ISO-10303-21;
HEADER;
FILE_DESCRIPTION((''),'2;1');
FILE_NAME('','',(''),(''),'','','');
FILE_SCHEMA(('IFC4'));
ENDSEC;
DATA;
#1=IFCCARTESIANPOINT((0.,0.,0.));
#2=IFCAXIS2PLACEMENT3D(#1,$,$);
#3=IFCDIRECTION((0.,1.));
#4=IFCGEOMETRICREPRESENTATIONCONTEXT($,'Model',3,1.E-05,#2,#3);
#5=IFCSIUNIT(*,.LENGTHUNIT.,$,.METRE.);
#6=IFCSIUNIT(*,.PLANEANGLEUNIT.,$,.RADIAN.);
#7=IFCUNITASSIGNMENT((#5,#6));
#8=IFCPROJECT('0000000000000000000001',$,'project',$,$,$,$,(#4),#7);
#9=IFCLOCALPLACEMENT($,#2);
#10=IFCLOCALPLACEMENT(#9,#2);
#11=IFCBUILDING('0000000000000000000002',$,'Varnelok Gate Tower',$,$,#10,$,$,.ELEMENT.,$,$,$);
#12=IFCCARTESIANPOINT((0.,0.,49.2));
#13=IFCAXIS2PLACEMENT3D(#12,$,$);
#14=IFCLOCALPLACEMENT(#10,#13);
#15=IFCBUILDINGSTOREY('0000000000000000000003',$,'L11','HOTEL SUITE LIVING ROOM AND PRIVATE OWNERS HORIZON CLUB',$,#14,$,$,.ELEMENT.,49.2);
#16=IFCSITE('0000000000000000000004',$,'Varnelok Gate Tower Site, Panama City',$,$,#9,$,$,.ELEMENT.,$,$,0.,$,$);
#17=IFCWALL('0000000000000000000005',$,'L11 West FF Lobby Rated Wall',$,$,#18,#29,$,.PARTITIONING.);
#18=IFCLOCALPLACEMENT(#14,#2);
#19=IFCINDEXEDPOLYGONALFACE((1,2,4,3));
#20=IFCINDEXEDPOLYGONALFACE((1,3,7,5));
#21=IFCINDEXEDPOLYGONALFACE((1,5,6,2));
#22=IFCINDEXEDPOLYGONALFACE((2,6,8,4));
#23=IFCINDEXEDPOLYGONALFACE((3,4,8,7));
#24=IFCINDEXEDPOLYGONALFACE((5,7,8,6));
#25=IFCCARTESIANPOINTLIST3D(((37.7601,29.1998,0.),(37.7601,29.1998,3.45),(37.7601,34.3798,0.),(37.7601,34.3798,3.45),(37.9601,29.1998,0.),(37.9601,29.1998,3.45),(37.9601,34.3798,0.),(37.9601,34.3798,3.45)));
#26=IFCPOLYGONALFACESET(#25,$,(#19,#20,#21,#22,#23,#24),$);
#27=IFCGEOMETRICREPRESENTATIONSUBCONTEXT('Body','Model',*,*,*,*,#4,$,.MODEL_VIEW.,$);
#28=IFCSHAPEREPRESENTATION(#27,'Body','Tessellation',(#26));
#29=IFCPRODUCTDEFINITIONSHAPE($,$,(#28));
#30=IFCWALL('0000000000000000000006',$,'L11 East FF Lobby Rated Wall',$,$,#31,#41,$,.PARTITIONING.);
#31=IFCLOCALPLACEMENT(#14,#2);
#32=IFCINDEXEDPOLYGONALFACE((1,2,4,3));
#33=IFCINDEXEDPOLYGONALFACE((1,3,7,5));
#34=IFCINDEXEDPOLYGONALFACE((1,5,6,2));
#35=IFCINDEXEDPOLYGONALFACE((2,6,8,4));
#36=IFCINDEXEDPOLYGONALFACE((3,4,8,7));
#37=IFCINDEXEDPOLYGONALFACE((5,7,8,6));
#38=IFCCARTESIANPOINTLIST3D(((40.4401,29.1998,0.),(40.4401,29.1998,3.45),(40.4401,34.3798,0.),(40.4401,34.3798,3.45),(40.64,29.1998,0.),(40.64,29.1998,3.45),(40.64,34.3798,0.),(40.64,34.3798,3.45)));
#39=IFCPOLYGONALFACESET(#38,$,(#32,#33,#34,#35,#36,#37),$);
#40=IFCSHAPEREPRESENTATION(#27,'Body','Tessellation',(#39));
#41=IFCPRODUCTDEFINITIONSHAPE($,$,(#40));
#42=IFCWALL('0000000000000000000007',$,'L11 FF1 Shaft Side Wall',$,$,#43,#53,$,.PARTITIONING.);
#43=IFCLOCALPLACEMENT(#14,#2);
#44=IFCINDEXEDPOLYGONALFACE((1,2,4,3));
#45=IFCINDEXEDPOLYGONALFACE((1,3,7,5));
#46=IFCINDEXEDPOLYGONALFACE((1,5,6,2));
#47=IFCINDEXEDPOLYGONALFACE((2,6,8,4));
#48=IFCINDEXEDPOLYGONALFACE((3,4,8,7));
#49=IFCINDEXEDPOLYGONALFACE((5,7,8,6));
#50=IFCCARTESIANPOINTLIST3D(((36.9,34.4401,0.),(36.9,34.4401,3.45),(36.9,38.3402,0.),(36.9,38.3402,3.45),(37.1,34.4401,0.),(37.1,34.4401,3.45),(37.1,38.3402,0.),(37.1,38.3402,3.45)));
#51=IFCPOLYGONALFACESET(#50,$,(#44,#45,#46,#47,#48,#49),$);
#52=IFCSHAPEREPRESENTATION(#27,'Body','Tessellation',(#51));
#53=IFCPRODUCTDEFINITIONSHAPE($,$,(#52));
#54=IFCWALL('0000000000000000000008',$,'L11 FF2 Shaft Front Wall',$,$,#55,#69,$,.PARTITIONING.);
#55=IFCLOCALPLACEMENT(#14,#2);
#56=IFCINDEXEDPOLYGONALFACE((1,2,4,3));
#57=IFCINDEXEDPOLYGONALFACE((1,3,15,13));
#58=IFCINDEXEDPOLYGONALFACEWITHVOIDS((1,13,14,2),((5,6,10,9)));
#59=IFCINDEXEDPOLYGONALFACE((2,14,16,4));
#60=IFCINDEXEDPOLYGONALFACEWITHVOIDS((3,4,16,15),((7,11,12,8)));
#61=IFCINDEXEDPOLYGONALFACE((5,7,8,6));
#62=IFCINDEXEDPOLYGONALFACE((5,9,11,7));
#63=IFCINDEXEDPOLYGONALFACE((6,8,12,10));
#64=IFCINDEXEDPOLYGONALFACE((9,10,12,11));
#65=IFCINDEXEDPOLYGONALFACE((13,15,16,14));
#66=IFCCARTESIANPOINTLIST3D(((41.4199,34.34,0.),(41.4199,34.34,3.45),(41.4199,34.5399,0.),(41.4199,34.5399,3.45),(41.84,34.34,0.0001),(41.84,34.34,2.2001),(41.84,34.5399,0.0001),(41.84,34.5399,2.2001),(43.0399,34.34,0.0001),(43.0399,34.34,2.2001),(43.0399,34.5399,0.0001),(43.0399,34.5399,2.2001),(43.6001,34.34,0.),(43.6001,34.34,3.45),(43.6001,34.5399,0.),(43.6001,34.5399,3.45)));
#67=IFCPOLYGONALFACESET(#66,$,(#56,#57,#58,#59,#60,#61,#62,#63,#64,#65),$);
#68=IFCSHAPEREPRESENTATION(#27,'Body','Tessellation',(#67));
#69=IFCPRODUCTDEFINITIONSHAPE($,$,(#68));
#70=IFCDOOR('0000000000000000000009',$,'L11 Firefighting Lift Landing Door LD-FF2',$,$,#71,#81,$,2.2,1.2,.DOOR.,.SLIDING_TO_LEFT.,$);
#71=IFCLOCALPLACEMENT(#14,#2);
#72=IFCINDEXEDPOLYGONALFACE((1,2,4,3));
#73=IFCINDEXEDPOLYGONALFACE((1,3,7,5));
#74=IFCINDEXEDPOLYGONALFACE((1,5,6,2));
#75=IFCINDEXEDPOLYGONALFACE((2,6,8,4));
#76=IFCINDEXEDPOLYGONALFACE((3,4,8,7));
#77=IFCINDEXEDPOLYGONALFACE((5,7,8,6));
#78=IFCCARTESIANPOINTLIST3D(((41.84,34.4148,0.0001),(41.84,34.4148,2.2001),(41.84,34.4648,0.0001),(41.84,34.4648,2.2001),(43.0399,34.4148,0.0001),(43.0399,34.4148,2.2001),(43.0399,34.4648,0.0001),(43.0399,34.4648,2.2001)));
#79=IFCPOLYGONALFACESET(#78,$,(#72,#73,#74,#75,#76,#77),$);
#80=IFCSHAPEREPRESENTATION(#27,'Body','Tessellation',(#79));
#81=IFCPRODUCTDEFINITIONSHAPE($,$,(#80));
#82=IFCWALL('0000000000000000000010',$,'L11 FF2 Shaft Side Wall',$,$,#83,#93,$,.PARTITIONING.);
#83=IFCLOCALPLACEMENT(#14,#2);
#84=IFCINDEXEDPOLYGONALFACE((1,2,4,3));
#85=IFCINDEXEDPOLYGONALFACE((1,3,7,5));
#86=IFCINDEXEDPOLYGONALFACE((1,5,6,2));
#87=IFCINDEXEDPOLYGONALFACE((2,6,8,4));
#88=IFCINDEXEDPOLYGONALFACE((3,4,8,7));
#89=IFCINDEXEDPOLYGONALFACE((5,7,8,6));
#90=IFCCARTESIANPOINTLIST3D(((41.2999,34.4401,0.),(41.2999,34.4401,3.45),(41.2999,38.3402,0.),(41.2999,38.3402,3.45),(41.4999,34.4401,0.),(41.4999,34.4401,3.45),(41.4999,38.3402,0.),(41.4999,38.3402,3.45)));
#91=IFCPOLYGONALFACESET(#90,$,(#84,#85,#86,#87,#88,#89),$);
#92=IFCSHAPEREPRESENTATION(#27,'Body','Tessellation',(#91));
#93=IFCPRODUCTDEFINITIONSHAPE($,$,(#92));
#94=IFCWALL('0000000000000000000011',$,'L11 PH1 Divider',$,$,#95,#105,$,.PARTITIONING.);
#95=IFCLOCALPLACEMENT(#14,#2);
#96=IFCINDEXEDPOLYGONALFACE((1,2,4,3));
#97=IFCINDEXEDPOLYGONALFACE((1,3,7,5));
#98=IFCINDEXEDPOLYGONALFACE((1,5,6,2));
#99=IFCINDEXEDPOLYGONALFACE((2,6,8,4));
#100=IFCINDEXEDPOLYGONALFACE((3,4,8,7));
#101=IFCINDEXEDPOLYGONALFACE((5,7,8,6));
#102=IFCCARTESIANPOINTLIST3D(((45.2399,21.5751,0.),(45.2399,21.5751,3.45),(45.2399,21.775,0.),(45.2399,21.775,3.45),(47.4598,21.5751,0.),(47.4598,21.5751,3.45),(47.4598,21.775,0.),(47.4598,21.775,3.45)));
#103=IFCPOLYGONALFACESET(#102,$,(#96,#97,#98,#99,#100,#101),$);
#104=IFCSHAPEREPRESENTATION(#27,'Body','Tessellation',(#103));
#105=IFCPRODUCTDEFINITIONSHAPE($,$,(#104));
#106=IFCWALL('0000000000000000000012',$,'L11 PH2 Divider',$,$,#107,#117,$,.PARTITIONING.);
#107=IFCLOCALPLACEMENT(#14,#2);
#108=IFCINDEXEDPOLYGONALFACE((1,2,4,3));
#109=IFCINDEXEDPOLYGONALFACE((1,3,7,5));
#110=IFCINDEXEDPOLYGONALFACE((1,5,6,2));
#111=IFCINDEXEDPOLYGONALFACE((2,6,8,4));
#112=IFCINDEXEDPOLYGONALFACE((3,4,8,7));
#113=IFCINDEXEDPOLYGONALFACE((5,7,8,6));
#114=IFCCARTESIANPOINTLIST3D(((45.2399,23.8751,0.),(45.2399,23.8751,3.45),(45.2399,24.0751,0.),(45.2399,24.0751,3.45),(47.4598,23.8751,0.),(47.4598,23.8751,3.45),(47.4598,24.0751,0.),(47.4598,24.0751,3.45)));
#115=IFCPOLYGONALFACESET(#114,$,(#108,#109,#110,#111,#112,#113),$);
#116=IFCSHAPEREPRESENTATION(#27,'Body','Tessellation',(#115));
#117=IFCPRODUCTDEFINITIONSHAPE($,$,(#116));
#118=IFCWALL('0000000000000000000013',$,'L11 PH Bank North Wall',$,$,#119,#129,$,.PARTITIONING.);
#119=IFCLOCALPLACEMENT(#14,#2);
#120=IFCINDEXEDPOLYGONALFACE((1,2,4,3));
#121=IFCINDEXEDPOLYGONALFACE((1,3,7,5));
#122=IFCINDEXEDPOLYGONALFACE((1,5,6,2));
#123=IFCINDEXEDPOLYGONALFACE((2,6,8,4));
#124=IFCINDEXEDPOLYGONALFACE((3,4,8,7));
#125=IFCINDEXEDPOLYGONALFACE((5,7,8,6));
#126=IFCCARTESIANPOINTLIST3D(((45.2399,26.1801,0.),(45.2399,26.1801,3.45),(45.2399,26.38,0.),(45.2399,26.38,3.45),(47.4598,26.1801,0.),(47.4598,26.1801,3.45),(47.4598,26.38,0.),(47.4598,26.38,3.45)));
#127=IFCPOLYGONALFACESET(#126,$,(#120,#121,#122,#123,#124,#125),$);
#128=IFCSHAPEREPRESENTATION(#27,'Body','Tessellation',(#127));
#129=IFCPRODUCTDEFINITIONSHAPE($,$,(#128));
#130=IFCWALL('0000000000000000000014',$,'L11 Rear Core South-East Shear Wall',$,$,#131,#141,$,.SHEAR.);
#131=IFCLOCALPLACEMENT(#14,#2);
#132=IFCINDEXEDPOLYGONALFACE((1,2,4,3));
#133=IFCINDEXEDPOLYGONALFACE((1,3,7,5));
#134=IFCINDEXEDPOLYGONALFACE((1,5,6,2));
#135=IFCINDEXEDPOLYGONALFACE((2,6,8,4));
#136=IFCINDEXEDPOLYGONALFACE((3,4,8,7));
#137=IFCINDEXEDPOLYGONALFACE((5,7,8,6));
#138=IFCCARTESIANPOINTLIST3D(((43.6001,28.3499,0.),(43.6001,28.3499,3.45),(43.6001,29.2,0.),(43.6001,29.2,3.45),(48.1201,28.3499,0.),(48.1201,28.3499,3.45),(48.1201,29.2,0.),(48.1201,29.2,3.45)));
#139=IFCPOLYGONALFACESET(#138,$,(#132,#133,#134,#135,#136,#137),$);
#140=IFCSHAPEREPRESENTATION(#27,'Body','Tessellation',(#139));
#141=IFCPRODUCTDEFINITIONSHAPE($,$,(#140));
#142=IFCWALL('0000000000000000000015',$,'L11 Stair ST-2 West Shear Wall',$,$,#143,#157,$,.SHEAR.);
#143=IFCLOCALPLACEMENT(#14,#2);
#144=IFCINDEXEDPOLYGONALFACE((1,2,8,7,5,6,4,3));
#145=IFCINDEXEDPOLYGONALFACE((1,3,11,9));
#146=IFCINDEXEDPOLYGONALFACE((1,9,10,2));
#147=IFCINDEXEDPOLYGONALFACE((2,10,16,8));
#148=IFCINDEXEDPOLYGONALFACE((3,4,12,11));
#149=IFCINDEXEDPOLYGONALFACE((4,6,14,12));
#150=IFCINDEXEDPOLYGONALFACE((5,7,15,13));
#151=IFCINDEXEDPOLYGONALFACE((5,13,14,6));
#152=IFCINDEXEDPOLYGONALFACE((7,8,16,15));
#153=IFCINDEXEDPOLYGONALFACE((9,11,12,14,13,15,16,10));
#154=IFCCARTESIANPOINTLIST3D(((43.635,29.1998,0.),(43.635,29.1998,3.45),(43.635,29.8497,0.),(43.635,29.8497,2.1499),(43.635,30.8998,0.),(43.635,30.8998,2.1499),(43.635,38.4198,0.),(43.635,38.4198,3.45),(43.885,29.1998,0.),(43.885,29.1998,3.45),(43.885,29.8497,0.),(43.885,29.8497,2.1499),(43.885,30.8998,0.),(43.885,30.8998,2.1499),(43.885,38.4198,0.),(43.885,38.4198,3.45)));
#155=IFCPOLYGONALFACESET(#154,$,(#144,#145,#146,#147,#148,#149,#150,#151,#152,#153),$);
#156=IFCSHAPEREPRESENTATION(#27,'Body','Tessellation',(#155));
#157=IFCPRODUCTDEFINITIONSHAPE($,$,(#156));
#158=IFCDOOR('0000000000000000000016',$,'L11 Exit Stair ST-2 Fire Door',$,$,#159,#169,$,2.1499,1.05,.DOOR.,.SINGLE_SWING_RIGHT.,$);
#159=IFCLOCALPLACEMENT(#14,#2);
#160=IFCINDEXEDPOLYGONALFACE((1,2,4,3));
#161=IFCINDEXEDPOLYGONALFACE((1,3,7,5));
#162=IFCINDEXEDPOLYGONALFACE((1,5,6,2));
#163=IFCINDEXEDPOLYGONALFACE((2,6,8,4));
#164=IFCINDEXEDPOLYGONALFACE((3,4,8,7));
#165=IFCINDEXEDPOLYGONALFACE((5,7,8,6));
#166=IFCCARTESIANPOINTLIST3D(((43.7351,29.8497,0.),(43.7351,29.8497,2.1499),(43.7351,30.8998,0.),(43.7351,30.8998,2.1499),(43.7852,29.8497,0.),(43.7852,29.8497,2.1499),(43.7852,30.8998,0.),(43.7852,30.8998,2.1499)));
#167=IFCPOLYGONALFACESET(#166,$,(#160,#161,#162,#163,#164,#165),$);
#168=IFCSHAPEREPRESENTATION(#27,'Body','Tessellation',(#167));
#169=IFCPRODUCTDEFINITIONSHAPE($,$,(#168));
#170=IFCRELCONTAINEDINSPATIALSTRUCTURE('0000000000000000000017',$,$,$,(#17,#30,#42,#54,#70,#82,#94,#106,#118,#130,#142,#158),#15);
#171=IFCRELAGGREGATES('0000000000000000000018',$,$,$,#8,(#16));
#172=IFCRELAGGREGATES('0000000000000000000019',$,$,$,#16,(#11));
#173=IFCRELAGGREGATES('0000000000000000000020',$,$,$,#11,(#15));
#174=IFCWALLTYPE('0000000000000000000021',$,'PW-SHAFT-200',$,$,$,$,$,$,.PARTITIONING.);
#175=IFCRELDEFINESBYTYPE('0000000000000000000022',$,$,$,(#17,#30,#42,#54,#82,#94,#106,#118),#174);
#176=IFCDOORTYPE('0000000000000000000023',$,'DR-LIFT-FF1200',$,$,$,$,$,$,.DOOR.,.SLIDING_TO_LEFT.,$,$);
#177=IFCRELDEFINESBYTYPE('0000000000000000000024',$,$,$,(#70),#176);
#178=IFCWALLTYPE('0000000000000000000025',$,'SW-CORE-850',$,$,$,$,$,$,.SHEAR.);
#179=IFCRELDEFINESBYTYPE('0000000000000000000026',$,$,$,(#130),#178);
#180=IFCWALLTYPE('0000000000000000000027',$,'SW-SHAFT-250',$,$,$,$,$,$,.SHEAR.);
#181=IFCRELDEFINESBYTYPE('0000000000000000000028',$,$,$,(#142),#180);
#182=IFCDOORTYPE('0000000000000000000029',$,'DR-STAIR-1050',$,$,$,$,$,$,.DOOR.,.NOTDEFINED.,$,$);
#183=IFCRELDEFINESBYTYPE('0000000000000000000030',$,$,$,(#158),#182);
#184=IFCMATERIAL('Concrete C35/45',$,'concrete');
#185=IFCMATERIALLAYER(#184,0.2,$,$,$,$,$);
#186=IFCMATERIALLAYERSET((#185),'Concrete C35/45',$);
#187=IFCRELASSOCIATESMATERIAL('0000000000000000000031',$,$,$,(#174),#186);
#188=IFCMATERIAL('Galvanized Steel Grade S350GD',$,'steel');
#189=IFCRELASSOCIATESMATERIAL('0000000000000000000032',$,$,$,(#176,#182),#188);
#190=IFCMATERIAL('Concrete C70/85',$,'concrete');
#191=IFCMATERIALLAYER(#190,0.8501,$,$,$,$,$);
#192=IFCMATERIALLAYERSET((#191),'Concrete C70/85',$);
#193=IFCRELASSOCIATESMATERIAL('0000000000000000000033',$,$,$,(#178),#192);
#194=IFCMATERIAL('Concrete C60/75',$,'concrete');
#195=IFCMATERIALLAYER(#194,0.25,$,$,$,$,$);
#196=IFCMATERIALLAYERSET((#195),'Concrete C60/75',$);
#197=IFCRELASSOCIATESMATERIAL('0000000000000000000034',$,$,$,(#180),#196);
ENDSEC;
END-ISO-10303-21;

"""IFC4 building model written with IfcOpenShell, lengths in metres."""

from ifc_helpers import new_model, si_unit, direction, frame, frame_2d, origin, place, context, subcontext, project, spatial, rectangle, extrude, material, layer, layer_set, type_object, element, fill, save


model = new_model("IFC4")

# Units and contexts
model_context = context("Model", 3, precision=1e-05, world=origin(), true_north=direction((0.0, 1.0)))
body_context = subcontext(model_context, "Body", "Model", "MODEL_VIEW")
ifc_project = project(units=[si_unit("LENGTHUNIT", "METRE"), si_unit("PLANEANGLEUNIT", "RADIAN")], contexts=[model_context])

# Site, building, storey
site_placement = place(None, origin())
site = spatial("IfcSite", under=ifc_project, at=site_placement, Name="Varnelok Gate Tower Site, Panama City", CompositionType="ELEMENT", RefElevation=0.0)
building_placement = place(site_placement, origin())
building = spatial("IfcBuilding", under=site, at=building_placement, Name="Varnelok Gate Tower", CompositionType="ELEMENT")
storey_placement = place(building_placement, frame((0.0, 0.0, 49.2)))
storey = spatial("IfcBuildingStorey", under=building, at=storey_placement, Name="L11", Description="HOTEL SUITE LIVING ROOM AND PRIVATE OWNERS HORIZON CLUB", CompositionType="ELEMENT", Elevation=49.2)

# Shared definitions
ifc_material_1 = material(Name="Concrete C70/85", Category="concrete")

# Shared definitions
ifc_material_2 = material(Name="Galvanized Steel Grade S350GD", Category="steel")

# Walls
ifc_material_3 = material(Name="Concrete C35/45", Category="concrete")
ifc_layer_1 = layer(ifc_material_3, 0.2)
ifc_layer_set_1 = layer_set([ifc_layer_1], Name="Concrete C35/45")
wall_type_1 = type_object("IfcWallType", Name="PW-SHAFT-200", PredefinedType="PARTITIONING", material=ifc_layer_set_1)
for number, where, z_axis, x_axis, name in (
    (1, (37.8601, 29.2, 0.0), (0.0, 0.0, 1.0), (0.0, 1.0, 0.0), "L11 West FF Lobby Rated Wall"),
    (2, (40.54, 29.2, 0.0), (0.0, 0.0, 1.0), (0.0, 1.0, 0.0), "L11 East FF Lobby Rated Wall"),
):
    element("IfcWall", number, at=place(storey_placement, frame(where, z_axis=z_axis, x_axis=x_axis)), inside=storey, type_object=wall_type_1, Name=name, PredefinedType="PARTITIONING", context=body_context, shape_type="SweptSolid", body=[
        extrude(rectangle(XDim=5.1799, YDim=0.2, at=frame_2d((2.5898, 0.0))), origin(), (0.0, 0.0, 1.0), 3.45),
    ])
wall_1_placement = place(storey_placement, frame((37.0, 34.4399, 0.0), z_axis=(0.0, 0.0, 1.0), x_axis=(0.0, 1.0, 0.0)))
element("IfcWall", 3, at=wall_1_placement, inside=storey, type_object=wall_type_1, Name="L11 FF1 Shaft Side Wall", PredefinedType="PARTITIONING", context=body_context, shape_type="SweptSolid", body=[
    extrude(rectangle(XDim=3.9001, YDim=0.2, at=frame_2d((1.9502, 0.0))), origin(), (0.0, 0.0, 1.0), 3.45),
])

# Wall, opening, door
wall_2_placement = place(storey_placement, frame((41.4199, 34.4399, 0.0), z_axis=(0.0, 0.0, 1.0), x_axis=(1.0, 0.0, 0.0)))
wall_2 = element("IfcWall", 4, at=wall_2_placement, inside=storey, type_object=wall_type_1, Name="L11 FF2 Shaft Front Wall", PredefinedType="PARTITIONING", context=body_context, shape_type="SweptSolid", body=[
    extrude(rectangle(XDim=2.1802, YDim=0.2, at=frame_2d((1.0901, 0.0))), origin(), (0.0, 0.0, 1.0), 3.45),
])
opening_1_placement = place(wall_2_placement, frame((0.4199, 0.0, 0.0)))
opening_1 = element("IfcOpeningElement", 5, at=opening_1_placement, cuts=wall_2, PredefinedType="OPENING", context=body_context, shape_type="SweptSolid", body=[
    extrude(rectangle(XDim=1.2, YDim=2.2, at=frame_2d((0.6001, 1.1001))), frame((0.0, 0.1099, 0.0), z_axis=(0.0, -1.0, 0.0), x_axis=(1.0, 0.0, 0.0)), (0.0, 0.0, 1.0), 0.22),
])
door_type_1 = type_object("IfcDoorType", Name="DR-LIFT-FF1200", OperationType="SLIDING_TO_LEFT", PredefinedType="DOOR", material=ifc_material_2)
door_1_placement = place(opening_1_placement, origin())
door_1 = element("IfcDoor", 6, at=door_1_placement, inside=storey, type_object=door_type_1, Name="L11 Firefighting Lift Landing Door LD-FF2", OperationType="SLIDING_TO_LEFT", OverallHeight=2.2, OverallWidth=1.2, PredefinedType="DOOR", context=body_context, shape_type="SweptSolid", body=[
    extrude(rectangle(XDim=1.2, YDim=2.2, at=frame_2d((0.6001, 1.1001))), frame((0.0, 0.0249, 0.0), z_axis=(0.0, -1.0, 0.0), x_axis=(1.0, 0.0, 0.0)), (0.0, 0.0, 1.0), 0.05),
])
fill(opening_1, door_1)

# Walls
wall_3_placement = place(storey_placement, frame((41.3999, 34.4399, 0.0), z_axis=(0.0, 0.0, 1.0), x_axis=(0.0, 1.0, 0.0)))
element("IfcWall", 7, at=wall_3_placement, inside=storey, type_object=wall_type_1, Name="L11 FF2 Shaft Side Wall", PredefinedType="PARTITIONING", context=body_context, shape_type="SweptSolid", body=[
    extrude(rectangle(XDim=3.9001, YDim=0.2, at=frame_2d((1.9502, 0.0))), origin(), (0.0, 0.0, 1.0), 3.45),
])
for number, where, z_axis, x_axis, name in (
    (8, (45.24, 21.675, 0.0), (0.0, 0.0, 1.0), (1.0, 0.0, 0.0), "L11 PH1 Divider"),
    (9, (45.24, 23.9751, 0.0), (0.0, 0.0, 1.0), (1.0, 0.0, 0.0), "L11 PH2 Divider"),
    (10, (45.24, 26.28, 0.0), (0.0, 0.0, 1.0), (1.0, 0.0, 0.0), "L11 PH Bank North Wall"),
):
    element("IfcWall", number, at=place(storey_placement, frame(where, z_axis=z_axis, x_axis=x_axis)), inside=storey, type_object=wall_type_1, Name=name, PredefinedType="PARTITIONING", context=body_context, shape_type="SweptSolid", body=[
        extrude(rectangle(XDim=2.22, YDim=0.2, at=frame_2d((1.1099, 0.0))), origin(), (0.0, 0.0, 1.0), 3.45),
    ])
ifc_layer_2 = layer(ifc_material_1, 0.8501)
ifc_layer_set_2 = layer_set([ifc_layer_2], Name="Concrete C70/85")
wall_type_2 = type_object("IfcWallType", Name="SW-CORE-850", PredefinedType="SHEAR", material=ifc_layer_set_2)
wall_4_placement = place(storey_placement, frame((43.6001, 28.7749, 0.0), z_axis=(0.0, 0.0, 1.0), x_axis=(1.0, 0.0, 0.0)))
element("IfcWall", 11, at=wall_4_placement, inside=storey, type_object=wall_type_2, Name="L11 Rear Core South-East Shear Wall", PredefinedType="SHEAR", context=body_context, shape_type="SweptSolid", body=[
    extrude(rectangle(XDim=4.52, YDim=0.8501, at=frame_2d((2.26, 0.0))), origin(), (0.0, 0.0, 1.0), 3.45),
])

# Wall, opening, door
ifc_material_4 = material(Name="Concrete C60/75", Category="concrete")
ifc_layer_3 = layer(ifc_material_4, 0.25)
ifc_layer_set_3 = layer_set([ifc_layer_3], Name="Concrete C60/75")
wall_type_3 = type_object("IfcWallType", Name="SW-SHAFT-250", PredefinedType="SHEAR", material=ifc_layer_set_3)
wall_5_placement = place(storey_placement, frame((43.76, 29.2, 0.0), z_axis=(0.0, 0.0, 1.0), x_axis=(0.0, 1.0, 0.0)))
wall_5 = element("IfcWall", 12, at=wall_5_placement, inside=storey, type_object=wall_type_3, Name="L11 Stair ST-2 West Shear Wall", PredefinedType="SHEAR", context=body_context, shape_type="SweptSolid", body=[
    extrude(rectangle(XDim=9.22, YDim=0.25, at=frame_2d((4.6099, 0.0))), origin(), (0.0, 0.0, 1.0), 3.45),
])
opening_2_placement = place(wall_5_placement, frame((0.6499, 0.0, 0.0)))
opening_2 = element("IfcOpeningElement", 13, at=opening_2_placement, cuts=wall_5, PredefinedType="OPENING", context=body_context, shape_type="SweptSolid", body=[
    extrude(rectangle(XDim=1.05, YDim=2.1499, at=frame_2d((0.5249, 1.075))), frame((0.0, 0.135, 0.0), z_axis=(0.0, -1.0, 0.0), x_axis=(1.0, 0.0, 0.0)), (0.0, 0.0, 1.0), 0.27),
])
door_type_2 = type_object("IfcDoorType", Name="DR-STAIR-1050", OperationType="NOTDEFINED", PredefinedType="DOOR", material=ifc_material_2)
door_2_placement = place(opening_2_placement, origin())
door_2 = element("IfcDoor", 14, at=door_2_placement, inside=storey, type_object=door_type_2, Name="L11 Exit Stair ST-2 Fire Door", OperationType="SINGLE_SWING_RIGHT", OverallHeight=2.1499, OverallWidth=1.05, PredefinedType="DOOR", context=body_context, shape_type="SweptSolid", body=[
    extrude(rectangle(XDim=1.05, YDim=2.1499, at=frame_2d((0.5249, 1.075))), frame((0.0, 0.0249, 0.0), z_axis=(0.0, -1.0, 0.0), x_axis=(1.0, 0.0, 0.0)), (0.0, 0.0, 1.0), 0.05),
])
fill(opening_2, door_2)

save(model, "model.ifc")
